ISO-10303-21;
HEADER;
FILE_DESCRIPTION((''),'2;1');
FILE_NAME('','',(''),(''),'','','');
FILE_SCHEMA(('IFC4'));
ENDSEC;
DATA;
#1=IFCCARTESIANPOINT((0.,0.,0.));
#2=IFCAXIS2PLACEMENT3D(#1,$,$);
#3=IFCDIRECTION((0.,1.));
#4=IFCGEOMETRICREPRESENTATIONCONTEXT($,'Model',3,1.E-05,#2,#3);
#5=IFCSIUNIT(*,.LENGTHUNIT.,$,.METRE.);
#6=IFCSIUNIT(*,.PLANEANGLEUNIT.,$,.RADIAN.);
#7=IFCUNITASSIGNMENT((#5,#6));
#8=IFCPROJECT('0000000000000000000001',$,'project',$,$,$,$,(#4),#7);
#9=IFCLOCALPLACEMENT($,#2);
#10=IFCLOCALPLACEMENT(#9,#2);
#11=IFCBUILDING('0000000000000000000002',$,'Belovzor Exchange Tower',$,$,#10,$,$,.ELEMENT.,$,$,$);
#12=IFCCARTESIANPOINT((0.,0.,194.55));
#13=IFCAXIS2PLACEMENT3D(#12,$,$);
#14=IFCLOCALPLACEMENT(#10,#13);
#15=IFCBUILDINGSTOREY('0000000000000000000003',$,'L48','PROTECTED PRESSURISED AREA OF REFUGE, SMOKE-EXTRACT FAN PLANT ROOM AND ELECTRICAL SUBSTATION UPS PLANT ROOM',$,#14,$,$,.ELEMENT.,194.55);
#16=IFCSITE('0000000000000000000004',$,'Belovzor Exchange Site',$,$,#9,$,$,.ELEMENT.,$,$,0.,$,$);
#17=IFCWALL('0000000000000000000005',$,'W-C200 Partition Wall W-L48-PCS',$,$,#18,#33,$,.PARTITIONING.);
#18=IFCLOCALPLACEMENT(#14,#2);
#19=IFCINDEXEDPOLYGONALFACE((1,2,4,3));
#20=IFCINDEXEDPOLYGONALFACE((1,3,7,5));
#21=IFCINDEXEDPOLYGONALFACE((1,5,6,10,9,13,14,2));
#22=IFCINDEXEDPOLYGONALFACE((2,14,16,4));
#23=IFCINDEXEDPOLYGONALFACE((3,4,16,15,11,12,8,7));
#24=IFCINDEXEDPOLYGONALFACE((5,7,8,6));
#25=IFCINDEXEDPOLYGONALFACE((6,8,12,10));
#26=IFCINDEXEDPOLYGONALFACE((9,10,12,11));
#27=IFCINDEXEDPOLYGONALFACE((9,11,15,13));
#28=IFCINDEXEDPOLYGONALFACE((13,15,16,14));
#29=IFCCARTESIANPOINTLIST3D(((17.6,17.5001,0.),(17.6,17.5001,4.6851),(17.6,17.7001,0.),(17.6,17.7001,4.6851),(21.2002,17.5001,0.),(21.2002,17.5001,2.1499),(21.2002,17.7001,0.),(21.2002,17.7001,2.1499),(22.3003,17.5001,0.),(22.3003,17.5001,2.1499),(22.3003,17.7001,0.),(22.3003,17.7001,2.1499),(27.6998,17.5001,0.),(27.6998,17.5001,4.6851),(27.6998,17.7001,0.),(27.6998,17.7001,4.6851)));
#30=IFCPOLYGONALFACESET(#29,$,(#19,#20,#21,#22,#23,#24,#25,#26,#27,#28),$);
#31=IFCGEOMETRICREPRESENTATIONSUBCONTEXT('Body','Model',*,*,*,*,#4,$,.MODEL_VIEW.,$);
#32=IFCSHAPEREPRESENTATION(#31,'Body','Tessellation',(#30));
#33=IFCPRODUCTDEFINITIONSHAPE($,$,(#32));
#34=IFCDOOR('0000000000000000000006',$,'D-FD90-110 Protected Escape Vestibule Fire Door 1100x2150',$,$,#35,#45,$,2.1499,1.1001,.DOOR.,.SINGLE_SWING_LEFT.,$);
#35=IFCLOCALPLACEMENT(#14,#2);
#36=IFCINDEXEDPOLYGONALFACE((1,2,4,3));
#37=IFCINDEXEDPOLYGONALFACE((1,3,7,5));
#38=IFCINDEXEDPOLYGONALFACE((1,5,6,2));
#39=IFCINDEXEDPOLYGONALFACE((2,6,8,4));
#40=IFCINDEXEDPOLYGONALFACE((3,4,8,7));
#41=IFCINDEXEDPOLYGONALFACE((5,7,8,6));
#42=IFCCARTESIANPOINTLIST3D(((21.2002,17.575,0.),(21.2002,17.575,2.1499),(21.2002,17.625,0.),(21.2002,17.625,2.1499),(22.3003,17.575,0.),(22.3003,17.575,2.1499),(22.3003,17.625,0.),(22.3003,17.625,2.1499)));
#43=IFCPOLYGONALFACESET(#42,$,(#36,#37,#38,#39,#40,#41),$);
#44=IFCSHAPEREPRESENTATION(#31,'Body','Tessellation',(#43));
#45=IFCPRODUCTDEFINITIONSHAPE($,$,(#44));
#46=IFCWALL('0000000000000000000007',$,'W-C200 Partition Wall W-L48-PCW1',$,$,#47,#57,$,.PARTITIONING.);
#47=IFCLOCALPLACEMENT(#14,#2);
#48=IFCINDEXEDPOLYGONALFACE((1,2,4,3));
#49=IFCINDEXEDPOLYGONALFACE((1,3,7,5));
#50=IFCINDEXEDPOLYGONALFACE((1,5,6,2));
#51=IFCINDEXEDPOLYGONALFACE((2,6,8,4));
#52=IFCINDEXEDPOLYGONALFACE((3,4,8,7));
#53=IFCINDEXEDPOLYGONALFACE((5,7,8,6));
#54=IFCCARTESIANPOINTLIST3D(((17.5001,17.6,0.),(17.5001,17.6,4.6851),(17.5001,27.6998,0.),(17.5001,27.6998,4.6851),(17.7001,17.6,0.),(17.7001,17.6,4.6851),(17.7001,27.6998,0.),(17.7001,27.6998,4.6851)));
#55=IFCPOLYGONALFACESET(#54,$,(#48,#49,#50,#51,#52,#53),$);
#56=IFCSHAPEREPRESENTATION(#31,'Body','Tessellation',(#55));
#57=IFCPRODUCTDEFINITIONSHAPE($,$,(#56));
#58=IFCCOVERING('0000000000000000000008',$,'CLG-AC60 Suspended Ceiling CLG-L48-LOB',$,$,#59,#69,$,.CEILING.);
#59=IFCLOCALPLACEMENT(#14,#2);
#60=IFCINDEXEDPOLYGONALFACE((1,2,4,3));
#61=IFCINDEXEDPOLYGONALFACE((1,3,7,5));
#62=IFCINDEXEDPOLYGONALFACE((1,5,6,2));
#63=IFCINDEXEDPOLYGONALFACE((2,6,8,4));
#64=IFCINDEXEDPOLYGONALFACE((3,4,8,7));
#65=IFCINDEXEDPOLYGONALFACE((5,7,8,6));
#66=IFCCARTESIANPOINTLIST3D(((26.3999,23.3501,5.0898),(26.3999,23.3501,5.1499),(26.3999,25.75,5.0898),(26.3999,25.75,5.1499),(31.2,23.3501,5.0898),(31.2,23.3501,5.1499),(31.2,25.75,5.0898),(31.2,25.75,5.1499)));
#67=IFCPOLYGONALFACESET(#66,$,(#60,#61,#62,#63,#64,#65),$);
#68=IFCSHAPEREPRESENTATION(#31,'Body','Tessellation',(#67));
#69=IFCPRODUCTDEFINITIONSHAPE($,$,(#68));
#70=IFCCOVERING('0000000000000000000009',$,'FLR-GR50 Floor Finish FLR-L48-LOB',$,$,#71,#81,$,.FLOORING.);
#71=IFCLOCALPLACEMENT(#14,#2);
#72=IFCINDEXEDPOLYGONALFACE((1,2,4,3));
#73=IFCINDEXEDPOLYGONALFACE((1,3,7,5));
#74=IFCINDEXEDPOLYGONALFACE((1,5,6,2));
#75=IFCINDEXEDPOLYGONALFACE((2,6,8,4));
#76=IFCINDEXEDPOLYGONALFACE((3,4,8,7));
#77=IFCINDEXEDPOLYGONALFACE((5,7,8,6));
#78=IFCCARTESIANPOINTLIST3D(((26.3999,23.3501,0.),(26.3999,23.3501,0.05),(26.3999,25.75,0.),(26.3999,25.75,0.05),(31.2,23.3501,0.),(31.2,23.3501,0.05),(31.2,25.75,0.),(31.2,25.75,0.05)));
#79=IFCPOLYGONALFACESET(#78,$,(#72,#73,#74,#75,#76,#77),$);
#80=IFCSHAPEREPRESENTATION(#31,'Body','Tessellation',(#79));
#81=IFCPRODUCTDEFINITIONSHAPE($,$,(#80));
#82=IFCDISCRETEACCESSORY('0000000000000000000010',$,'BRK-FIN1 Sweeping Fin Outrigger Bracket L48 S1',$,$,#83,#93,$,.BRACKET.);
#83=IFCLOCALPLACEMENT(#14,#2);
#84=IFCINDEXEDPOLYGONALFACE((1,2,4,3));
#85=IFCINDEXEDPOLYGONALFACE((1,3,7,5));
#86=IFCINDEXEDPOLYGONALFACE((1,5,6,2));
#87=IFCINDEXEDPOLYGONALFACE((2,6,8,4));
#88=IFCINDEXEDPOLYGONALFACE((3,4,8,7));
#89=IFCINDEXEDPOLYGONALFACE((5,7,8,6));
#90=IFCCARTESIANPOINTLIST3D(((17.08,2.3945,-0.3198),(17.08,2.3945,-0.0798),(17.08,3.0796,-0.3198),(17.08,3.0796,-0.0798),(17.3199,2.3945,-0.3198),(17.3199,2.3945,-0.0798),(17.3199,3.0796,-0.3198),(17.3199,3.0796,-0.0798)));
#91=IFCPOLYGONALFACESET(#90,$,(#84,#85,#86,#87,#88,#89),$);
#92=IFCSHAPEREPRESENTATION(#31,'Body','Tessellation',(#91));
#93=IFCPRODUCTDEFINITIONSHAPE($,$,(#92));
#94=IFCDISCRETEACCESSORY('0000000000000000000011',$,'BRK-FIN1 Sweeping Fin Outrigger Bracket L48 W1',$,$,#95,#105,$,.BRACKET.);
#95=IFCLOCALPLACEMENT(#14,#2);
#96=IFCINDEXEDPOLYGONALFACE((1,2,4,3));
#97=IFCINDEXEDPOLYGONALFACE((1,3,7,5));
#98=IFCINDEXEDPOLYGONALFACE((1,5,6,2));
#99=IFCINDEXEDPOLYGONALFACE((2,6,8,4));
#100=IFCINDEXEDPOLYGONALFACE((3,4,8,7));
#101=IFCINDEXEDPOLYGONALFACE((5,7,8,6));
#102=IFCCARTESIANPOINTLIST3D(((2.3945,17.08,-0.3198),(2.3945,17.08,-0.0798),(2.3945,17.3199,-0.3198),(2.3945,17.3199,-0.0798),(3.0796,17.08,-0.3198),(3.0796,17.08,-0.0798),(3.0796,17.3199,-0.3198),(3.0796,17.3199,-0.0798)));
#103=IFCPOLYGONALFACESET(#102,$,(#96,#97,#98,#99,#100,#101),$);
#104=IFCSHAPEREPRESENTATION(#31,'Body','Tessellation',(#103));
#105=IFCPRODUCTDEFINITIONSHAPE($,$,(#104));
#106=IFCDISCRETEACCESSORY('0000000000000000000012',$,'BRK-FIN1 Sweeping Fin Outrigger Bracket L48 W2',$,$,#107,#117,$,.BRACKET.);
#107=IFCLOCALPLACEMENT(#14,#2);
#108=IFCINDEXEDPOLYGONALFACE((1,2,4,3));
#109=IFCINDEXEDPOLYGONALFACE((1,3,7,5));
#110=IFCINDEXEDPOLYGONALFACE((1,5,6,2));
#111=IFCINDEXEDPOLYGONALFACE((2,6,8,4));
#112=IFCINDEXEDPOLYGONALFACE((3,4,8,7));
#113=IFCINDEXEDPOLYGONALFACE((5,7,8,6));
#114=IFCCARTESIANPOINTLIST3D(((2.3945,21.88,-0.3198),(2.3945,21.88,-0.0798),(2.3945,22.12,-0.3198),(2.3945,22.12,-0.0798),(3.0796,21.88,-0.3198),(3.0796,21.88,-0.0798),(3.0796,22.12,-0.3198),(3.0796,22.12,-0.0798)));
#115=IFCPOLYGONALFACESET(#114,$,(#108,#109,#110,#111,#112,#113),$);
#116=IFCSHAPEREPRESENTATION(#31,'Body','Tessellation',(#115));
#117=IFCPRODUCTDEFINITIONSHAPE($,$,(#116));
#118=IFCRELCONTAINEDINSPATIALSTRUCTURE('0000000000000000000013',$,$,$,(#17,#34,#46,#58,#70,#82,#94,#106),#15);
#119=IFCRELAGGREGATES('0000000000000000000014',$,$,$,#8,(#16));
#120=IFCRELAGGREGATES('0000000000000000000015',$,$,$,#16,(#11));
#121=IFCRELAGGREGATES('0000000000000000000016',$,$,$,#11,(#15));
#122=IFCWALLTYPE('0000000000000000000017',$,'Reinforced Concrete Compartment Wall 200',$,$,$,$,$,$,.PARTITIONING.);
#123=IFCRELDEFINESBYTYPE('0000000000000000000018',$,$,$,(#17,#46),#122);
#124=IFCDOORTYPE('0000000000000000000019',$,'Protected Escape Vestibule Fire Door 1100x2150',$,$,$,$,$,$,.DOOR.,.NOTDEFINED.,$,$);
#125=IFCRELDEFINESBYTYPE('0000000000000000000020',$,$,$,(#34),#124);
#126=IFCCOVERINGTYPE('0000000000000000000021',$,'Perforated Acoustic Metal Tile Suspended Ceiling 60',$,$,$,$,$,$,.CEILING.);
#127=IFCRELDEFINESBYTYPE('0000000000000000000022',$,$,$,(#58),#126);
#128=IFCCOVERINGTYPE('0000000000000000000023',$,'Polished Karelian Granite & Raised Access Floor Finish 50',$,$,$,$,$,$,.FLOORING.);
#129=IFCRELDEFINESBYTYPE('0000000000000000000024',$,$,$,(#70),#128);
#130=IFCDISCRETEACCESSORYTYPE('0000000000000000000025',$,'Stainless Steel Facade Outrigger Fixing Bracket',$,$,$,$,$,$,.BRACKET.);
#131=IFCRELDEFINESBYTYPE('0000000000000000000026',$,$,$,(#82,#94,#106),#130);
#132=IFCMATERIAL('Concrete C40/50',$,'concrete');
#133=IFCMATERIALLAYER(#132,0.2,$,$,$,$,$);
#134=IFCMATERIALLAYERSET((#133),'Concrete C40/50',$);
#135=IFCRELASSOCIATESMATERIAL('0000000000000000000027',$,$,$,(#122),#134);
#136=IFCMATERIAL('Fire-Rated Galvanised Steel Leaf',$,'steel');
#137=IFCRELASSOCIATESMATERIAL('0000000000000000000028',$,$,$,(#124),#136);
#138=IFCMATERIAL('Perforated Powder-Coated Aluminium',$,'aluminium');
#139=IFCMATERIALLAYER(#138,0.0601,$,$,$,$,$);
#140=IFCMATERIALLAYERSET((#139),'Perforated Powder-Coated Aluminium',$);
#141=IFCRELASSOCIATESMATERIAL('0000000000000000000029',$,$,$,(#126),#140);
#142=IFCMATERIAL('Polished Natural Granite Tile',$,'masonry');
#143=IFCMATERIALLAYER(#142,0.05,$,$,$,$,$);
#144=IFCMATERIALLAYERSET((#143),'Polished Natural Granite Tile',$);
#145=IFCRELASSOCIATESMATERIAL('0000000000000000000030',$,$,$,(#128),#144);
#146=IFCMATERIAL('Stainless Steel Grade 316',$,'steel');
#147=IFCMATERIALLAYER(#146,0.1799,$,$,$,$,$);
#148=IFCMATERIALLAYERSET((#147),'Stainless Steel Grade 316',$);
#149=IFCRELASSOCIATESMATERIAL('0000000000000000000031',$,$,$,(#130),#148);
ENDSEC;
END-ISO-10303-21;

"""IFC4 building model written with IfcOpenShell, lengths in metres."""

from ifc_helpers import new_model, si_unit, direction, frame, frame_2d, origin, origin_2d, place, context, subcontext, project, spatial, polyline, rectangle, outline, extrude, material, layer, layer_set, type_object, element, fill, save


model = new_model("IFC4")

# Units and contexts
model_context = context("Model", 3, precision=1e-05, world=origin(), true_north=direction((0.0, 1.0)))
body_context = subcontext(model_context, "Body", "Model", "MODEL_VIEW")
ifc_project = project(units=[si_unit("LENGTHUNIT", "METRE"), si_unit("PLANEANGLEUNIT", "RADIAN")], contexts=[model_context])

# Site, building, storey
site_placement = place(None, origin())
site = spatial("IfcSite", under=ifc_project, at=site_placement, Name="Belovzor Exchange Site", CompositionType="ELEMENT", RefElevation=0.0)
building_placement = place(site_placement, origin())
building = spatial("IfcBuilding", under=site, at=building_placement, Name="Belovzor Exchange Tower", CompositionType="ELEMENT")
storey_placement = place(building_placement, frame((0.0, 0.0, 194.55)))
storey = spatial("IfcBuildingStorey", under=building, at=storey_placement, Name="L48", Description="PROTECTED PRESSURISED AREA OF REFUGE, SMOKE-EXTRACT FAN PLANT ROOM AND ELECTRICAL SUBSTATION UPS PLANT ROOM", CompositionType="ELEMENT", Elevation=194.55)

# Wall, opening, door
ifc_material_1 = material(Name="Concrete C40/50", Category="concrete")
ifc_layer_1 = layer(ifc_material_1, 0.2)
ifc_layer_set_1 = layer_set([ifc_layer_1], Name="Concrete C40/50")
wall_type_1 = type_object("IfcWallType", Name="Reinforced Concrete Compartment Wall 200", PredefinedType="PARTITIONING", material=ifc_layer_set_1)
wall_1_placement = place(storey_placement, frame((17.6001, 17.6001, 0.0), z_axis=(0.0, 0.0, 1.0), x_axis=(1.0, 0.0, 0.0)))
wall_1 = element("IfcWall", 1, at=wall_1_placement, inside=storey, type_object=wall_type_1, Name="W-C200 Partition Wall W-L48-PCS", PredefinedType="PARTITIONING", context=body_context, shape_type="SweptSolid", body=[
    extrude(rectangle(XDim=10.0999, YDim=0.2, at=frame_2d((5.0498, 0.0))), origin(), (0.0, 0.0, 1.0), 4.6851),
])
opening_placement = place(wall_1_placement, frame((3.6001, 0.0, 0.0)))
opening = element("IfcOpeningElement", 2, at=opening_placement, cuts=wall_1, PredefinedType="OPENING", context=body_context, shape_type="SweptSolid", body=[
    extrude(rectangle(XDim=1.1001, YDim=2.1499, at=frame_2d((0.55, 1.075))), frame((0.0, 0.1099, 0.0), z_axis=(0.0, -1.0, 0.0), x_axis=(1.0, 0.0, 0.0)), (0.0, 0.0, 1.0), 0.22),
])
ifc_material_2 = material(Name="Fire-Rated Galvanised Steel Leaf", Category="steel")
door_type = type_object("IfcDoorType", Name="Protected Escape Vestibule Fire Door 1100x2150", OperationType="NOTDEFINED", PredefinedType="DOOR", material=ifc_material_2)
door_placement = place(opening_placement, origin())
door = element("IfcDoor", 3, at=door_placement, inside=storey, type_object=door_type, Name="D-FD90-110 Protected Escape Vestibule Fire Door 1100x2150", OperationType="SINGLE_SWING_LEFT", OverallHeight=2.1499, OverallWidth=1.1001, PredefinedType="DOOR", context=body_context, shape_type="SweptSolid", body=[
    extrude(rectangle(XDim=1.1001, YDim=2.1499, at=frame_2d((0.55, 1.075))), frame((0.0, 0.0249, 0.0), z_axis=(0.0, -1.0, 0.0), x_axis=(1.0, 0.0, 0.0)), (0.0, 0.0, 1.0), 0.05),
])
fill(opening, door)

# Wall
wall_2_placement = place(storey_placement, frame((17.6001, 17.6001, 0.0), z_axis=(0.0, 0.0, 1.0), x_axis=(0.0, 1.0, 0.0)))
element("IfcWall", 4, at=wall_2_placement, inside=storey, type_object=wall_type_1, Name="W-C200 Partition Wall W-L48-PCW1", PredefinedType="PARTITIONING", context=body_context, shape_type="SweptSolid", body=[
    extrude(rectangle(XDim=10.0999, YDim=0.2, at=frame_2d((5.0498, 0.0))), origin(), (0.0, 0.0, 1.0), 4.6851),
])

# Coverings
ifc_material_3 = material(Name="Perforated Powder-Coated Aluminium", Category="aluminium")
ifc_layer_2 = layer(ifc_material_3, 0.0601)
ifc_layer_set_2 = layer_set([ifc_layer_2], Name="Perforated Powder-Coated Aluminium")
covering_type_1 = type_object("IfcCoveringType", Name="Perforated Acoustic Metal Tile Suspended Ceiling 60", PredefinedType="CEILING", material=ifc_layer_set_2)
covering_1_placement = place(storey_placement, frame((0.0, 0.0, 5.0898)))
element("IfcCovering", 5, at=covering_1_placement, inside=storey, type_object=covering_type_1, Name="CLG-AC60 Suspended Ceiling CLG-L48-LOB", PredefinedType="CEILING", context=body_context, shape_type="SweptSolid", body=[
    extrude(outline(polyline([(26.3999, 23.3501), (31.2, 23.3501), (31.2, 25.75), (26.3999, 25.75), (26.3999, 23.3501)])), origin(), (0.0, 0.0, 1.0), 0.0601),
])
ifc_material_4 = material(Name="Polished Natural Granite Tile", Category="masonry")
ifc_layer_3 = layer(ifc_material_4, 0.05)
ifc_layer_set_3 = layer_set([ifc_layer_3], Name="Polished Natural Granite Tile")
covering_type_2 = type_object("IfcCoveringType", Name="Polished Karelian Granite & Raised Access Floor Finish 50", PredefinedType="FLOORING", material=ifc_layer_set_3)
covering_2_placement = place(storey_placement, origin())
element("IfcCovering", 6, at=covering_2_placement, inside=storey, type_object=covering_type_2, Name="FLR-GR50 Floor Finish FLR-L48-LOB", PredefinedType="FLOORING", context=body_context, shape_type="SweptSolid", body=[
    extrude(outline(polyline([(26.3999, 23.3501), (31.2, 23.3501), (31.2, 25.75), (26.3999, 25.75), (26.3999, 23.3501)])), origin(), (0.0, 0.0, 1.0), 0.05),
])

# Discrete accessories
ifc_material_5 = material(Name="Stainless Steel Grade 316", Category="steel")
ifc_layer_4 = layer(ifc_material_5, 0.1799)
ifc_layer_set_4 = layer_set([ifc_layer_4], Name="Stainless Steel Grade 316")
discrete_accessory_type = type_object("IfcDiscreteAccessoryType", Name="Stainless Steel Facade Outrigger Fixing Bracket", PredefinedType="BRACKET", material=ifc_layer_set_4)
for number, where, z_axis, x_axis, name in (
    (7, (17.2, 2.7371, -0.3198), (0.0, 0.0, 1.0), (0.0, 1.0, 0.0), "BRK-FIN1 Sweeping Fin Outrigger Bracket L48 S1"),
    (8, (2.7371, 17.2, -0.3198), (0.0, 0.0, 1.0), (1.0, 0.0, 0.0), "BRK-FIN1 Sweeping Fin Outrigger Bracket L48 W1"),
    (9, (2.7371, 22.0, -0.3198), (0.0, 0.0, 1.0), (1.0, 0.0, 0.0), "BRK-FIN1 Sweeping Fin Outrigger Bracket L48 W2"),
):
    element("IfcDiscreteAccessory", number, at=place(storey_placement, frame(where, z_axis=z_axis, x_axis=x_axis)), inside=storey, type_object=discrete_accessory_type, Name=name, PredefinedType="BRACKET", context=body_context, shape_type="SweptSolid", body=[
        extrude(rectangle(XDim=0.6851, YDim=0.24, at=origin_2d()), origin(), (0.0, 0.0, 1.0), 0.24),
    ])

save(model, "model.ifc")
